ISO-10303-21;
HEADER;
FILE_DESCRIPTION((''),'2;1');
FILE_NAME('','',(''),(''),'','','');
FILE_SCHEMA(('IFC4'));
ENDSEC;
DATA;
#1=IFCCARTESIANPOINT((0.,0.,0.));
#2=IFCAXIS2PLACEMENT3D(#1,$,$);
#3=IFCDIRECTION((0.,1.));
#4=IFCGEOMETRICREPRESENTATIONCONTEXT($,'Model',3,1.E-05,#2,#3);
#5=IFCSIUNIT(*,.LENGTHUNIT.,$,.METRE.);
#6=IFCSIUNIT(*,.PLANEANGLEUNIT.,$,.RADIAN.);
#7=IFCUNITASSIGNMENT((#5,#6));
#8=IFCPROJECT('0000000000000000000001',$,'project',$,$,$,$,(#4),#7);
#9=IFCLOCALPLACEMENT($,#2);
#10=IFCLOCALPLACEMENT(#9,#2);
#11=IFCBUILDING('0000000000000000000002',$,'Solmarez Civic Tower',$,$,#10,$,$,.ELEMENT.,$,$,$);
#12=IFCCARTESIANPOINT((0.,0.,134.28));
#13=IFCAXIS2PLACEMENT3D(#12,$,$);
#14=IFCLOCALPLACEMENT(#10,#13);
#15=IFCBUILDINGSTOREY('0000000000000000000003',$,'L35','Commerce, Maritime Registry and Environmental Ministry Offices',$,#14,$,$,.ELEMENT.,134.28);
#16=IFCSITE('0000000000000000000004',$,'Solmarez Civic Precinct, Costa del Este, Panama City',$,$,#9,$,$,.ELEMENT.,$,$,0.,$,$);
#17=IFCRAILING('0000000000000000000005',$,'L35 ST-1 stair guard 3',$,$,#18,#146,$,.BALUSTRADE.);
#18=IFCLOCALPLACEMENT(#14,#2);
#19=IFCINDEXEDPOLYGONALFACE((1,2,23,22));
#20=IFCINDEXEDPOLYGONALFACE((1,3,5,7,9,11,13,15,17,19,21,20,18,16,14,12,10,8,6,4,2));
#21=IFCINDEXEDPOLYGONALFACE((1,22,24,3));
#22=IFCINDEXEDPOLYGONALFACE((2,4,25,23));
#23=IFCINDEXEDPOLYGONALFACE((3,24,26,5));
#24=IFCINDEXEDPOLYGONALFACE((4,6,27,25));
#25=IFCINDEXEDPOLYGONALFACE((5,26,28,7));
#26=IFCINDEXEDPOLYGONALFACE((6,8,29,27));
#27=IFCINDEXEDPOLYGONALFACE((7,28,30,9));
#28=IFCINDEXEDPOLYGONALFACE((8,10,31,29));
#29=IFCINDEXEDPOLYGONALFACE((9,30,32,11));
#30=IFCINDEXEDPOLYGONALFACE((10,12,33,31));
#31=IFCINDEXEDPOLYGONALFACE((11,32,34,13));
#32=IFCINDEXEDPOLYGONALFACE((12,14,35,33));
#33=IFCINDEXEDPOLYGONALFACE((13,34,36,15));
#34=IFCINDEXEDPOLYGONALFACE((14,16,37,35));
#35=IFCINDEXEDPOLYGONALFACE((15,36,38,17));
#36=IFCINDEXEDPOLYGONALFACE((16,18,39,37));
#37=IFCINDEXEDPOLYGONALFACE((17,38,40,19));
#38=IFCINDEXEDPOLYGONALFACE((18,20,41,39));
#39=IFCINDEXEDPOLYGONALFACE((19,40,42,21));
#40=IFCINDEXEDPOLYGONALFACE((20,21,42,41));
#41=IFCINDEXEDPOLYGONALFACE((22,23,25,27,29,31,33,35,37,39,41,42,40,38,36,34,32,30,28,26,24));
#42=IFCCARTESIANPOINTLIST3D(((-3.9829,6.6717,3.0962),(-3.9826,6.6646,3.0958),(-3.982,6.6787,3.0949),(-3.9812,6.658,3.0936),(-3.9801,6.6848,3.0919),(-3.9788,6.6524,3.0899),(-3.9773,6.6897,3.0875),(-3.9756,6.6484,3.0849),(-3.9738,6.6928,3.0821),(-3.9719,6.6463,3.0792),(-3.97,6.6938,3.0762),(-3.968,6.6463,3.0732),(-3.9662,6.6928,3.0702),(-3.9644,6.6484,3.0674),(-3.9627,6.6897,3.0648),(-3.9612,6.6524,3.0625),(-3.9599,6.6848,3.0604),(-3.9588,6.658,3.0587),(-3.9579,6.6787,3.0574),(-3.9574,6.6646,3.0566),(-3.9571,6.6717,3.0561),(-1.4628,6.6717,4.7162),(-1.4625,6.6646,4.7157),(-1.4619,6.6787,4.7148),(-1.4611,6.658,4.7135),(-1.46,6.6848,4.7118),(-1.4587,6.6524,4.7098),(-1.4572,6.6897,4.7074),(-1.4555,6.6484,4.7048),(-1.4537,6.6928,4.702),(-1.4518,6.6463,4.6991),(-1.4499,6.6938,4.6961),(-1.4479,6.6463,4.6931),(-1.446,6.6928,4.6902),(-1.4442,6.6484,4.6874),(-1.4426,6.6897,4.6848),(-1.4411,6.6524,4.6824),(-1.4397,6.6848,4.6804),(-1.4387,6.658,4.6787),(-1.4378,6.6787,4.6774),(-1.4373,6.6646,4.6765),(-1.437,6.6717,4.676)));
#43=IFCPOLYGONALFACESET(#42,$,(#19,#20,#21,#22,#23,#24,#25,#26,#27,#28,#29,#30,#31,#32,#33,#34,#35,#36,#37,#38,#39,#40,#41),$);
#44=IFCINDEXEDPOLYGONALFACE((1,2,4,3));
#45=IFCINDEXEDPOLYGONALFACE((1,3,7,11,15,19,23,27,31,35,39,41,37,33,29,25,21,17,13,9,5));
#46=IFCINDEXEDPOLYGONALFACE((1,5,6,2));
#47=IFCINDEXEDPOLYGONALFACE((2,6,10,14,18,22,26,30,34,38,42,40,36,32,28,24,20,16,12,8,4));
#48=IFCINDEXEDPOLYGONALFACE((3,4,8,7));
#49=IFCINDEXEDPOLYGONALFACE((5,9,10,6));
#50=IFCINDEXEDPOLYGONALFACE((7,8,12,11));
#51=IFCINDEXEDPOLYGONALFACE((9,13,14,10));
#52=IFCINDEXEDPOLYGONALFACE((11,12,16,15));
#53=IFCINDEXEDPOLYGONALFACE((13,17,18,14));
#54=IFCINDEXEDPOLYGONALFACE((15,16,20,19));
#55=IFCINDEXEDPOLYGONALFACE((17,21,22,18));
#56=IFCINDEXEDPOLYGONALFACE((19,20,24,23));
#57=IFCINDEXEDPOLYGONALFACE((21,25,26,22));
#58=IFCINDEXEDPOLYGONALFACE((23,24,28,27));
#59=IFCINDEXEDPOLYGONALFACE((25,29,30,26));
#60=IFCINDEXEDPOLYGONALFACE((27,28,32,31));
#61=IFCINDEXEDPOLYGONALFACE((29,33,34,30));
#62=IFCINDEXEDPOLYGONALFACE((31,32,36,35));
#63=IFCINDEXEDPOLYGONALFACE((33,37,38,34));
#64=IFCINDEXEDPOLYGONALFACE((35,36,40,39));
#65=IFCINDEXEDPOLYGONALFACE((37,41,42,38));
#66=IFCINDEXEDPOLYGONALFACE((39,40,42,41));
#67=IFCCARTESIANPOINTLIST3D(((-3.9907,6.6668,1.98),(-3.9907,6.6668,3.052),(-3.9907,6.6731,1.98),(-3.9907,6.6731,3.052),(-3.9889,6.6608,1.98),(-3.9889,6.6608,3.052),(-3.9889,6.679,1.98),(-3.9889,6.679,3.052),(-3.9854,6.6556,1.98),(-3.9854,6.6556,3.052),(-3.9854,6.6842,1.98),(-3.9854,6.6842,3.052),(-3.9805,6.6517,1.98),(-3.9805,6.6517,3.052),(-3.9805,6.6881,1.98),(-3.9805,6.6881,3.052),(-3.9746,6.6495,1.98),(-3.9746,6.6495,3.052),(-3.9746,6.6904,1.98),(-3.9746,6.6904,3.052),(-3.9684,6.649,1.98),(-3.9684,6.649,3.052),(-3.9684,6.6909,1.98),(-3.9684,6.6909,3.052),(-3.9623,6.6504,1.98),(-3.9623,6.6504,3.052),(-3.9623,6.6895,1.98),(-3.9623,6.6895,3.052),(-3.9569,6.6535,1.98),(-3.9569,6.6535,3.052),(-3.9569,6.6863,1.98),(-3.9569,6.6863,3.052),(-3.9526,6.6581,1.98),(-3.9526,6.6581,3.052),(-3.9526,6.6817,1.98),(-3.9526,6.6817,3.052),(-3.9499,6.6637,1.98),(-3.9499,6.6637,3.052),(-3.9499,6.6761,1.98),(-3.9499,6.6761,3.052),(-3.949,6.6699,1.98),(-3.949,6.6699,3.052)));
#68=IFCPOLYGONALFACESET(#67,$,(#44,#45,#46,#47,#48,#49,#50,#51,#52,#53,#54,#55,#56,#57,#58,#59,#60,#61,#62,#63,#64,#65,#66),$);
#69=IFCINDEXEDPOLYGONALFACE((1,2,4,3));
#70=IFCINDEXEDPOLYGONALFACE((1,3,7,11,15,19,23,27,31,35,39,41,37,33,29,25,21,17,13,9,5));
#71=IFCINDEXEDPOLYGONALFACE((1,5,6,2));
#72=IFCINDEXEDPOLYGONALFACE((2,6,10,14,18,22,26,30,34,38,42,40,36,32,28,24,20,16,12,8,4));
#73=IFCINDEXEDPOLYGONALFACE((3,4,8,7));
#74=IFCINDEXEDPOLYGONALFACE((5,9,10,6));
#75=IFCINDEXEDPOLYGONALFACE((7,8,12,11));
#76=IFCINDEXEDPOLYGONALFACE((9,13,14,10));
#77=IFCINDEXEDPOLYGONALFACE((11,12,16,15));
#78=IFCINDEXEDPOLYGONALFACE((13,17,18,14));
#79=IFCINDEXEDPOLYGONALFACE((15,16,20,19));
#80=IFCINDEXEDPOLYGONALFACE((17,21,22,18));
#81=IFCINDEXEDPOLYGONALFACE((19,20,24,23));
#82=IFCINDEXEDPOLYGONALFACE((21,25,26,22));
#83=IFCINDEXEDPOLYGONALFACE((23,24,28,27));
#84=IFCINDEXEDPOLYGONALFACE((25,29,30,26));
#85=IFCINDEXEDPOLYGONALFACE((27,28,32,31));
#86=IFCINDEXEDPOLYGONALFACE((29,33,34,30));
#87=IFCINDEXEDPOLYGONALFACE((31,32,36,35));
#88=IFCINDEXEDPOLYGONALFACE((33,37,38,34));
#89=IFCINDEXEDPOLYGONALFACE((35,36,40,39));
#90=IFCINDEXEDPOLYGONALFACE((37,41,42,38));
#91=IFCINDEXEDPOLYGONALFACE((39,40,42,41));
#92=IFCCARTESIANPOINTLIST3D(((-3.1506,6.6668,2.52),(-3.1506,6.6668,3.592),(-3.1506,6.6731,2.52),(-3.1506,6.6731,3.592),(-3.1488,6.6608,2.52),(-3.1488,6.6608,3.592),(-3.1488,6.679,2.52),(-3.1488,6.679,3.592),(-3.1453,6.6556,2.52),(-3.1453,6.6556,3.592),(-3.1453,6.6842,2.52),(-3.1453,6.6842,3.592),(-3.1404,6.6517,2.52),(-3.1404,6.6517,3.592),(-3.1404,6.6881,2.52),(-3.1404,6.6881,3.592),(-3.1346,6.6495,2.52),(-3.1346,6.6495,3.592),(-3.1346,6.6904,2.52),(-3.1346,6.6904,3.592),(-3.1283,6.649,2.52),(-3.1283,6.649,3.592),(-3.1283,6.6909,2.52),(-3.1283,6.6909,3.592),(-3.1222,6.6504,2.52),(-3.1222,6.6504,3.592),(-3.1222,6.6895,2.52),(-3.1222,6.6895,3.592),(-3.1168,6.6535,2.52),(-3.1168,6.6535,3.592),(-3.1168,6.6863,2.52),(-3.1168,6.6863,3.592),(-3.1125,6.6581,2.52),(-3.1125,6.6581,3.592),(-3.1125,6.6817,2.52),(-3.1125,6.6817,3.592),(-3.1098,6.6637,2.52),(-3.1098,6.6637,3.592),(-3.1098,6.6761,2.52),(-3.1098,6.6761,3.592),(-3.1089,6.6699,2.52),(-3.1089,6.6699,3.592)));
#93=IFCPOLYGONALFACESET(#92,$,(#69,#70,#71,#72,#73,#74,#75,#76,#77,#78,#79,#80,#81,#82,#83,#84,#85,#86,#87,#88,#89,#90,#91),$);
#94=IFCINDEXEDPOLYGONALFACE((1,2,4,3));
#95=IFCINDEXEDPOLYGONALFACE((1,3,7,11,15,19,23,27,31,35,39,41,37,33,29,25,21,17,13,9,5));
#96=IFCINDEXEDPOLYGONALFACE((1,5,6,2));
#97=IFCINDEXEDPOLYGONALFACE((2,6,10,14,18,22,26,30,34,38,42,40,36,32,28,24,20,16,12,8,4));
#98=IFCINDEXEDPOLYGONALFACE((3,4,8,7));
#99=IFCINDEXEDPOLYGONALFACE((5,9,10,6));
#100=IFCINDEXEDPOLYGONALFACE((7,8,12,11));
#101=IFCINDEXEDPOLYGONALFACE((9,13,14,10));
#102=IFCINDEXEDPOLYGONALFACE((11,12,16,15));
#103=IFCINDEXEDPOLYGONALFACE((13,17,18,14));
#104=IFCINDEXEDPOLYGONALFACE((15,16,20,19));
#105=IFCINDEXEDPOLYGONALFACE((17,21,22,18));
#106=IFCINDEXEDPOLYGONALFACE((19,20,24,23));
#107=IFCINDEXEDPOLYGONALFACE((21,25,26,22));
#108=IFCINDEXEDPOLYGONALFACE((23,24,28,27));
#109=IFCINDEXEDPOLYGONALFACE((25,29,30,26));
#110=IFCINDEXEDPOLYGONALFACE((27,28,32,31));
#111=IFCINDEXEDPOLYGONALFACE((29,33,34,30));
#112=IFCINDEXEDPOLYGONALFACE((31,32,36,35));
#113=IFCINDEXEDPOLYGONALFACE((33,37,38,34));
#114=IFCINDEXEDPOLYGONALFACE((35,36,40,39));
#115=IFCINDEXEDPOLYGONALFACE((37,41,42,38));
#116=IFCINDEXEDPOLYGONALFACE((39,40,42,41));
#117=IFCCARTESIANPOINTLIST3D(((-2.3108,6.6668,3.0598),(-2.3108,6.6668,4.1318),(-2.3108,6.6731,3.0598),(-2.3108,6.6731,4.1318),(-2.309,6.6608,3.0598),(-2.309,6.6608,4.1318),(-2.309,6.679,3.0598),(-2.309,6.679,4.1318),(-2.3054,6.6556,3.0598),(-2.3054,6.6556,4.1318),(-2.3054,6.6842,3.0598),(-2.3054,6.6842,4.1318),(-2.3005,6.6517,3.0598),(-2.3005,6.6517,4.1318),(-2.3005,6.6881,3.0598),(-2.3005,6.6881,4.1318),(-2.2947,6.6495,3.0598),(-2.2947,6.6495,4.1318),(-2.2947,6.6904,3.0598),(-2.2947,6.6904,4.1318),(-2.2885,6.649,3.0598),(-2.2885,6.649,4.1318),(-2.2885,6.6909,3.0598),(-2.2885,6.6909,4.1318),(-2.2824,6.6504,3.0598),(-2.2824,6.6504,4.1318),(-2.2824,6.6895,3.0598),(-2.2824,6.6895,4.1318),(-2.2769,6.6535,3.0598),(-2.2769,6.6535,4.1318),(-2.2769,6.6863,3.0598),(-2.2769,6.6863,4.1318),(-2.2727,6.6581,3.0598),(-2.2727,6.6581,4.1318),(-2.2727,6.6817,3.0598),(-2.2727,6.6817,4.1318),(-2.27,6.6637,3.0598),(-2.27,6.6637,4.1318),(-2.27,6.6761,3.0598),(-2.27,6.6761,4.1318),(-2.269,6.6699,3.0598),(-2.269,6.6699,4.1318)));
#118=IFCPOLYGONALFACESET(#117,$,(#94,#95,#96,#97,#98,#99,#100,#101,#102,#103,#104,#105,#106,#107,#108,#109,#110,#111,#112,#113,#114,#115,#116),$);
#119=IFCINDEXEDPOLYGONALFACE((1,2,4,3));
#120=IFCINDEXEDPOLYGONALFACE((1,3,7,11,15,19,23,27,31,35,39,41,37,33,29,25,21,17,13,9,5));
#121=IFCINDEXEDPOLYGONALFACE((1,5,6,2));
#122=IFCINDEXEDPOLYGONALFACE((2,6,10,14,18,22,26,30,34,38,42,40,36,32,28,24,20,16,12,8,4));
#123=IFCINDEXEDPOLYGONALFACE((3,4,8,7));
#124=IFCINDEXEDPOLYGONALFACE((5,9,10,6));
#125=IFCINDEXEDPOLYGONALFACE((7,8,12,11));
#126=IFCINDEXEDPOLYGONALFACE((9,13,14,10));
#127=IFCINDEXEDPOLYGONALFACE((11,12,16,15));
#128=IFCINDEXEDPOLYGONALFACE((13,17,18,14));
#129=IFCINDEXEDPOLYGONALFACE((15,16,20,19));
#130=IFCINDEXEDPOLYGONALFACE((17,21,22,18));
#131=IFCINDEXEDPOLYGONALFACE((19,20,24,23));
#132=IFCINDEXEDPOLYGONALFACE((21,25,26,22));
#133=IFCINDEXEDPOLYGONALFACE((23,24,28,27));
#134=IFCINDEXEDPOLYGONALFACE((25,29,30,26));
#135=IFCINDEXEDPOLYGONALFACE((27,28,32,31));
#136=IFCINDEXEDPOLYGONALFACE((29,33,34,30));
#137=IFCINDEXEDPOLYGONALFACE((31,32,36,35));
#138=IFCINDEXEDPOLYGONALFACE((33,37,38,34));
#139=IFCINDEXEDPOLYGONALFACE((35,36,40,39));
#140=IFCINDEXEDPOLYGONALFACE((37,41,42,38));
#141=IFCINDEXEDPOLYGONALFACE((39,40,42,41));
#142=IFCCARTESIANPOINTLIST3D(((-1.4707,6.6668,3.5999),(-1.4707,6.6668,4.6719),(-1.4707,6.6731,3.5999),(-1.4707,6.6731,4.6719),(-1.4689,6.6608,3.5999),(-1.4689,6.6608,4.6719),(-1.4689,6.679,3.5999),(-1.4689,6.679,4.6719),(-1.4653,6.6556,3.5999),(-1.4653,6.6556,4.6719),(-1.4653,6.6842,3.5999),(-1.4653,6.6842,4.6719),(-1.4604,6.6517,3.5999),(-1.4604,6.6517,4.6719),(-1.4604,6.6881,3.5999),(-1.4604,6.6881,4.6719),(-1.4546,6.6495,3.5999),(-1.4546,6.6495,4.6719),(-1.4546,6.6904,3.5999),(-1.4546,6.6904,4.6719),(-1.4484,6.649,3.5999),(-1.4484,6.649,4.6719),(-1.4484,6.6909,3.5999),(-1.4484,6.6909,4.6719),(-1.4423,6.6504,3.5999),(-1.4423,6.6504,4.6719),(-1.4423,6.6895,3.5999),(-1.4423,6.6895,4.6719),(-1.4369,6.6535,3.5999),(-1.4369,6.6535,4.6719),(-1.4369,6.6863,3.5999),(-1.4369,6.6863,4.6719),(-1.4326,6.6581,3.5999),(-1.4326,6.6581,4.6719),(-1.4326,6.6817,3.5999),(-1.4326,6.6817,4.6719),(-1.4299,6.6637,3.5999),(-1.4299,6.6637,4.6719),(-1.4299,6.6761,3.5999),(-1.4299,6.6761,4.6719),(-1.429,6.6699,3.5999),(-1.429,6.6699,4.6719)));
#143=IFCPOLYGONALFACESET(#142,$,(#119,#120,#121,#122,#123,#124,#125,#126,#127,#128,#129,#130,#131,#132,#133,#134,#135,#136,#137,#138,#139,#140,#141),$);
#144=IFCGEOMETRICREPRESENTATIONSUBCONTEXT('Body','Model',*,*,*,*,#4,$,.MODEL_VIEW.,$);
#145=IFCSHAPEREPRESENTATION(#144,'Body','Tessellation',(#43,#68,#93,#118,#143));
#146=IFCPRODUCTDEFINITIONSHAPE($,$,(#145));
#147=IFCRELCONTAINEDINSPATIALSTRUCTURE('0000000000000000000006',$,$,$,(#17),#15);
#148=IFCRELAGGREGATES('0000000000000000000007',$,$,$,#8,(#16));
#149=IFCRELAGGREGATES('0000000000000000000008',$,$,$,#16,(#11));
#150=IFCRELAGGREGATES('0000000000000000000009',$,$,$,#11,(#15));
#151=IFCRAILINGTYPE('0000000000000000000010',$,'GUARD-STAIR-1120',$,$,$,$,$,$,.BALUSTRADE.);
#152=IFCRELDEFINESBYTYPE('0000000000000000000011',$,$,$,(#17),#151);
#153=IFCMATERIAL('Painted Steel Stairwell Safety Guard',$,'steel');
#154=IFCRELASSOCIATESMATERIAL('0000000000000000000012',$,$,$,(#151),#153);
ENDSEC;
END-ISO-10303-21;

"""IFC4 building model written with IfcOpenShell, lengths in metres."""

from ifc_helpers import new_model, si_unit, direction, frame, origin, origin_2d, place, context, subcontext, project, spatial, circle, extrude, material, type_object, element, save


model = new_model("IFC4")

# Units and contexts
model_context = context("Model", 3, precision=1e-05, world=origin(), true_north=direction((0.0, 1.0)))
body_context = subcontext(model_context, "Body", "Model", "MODEL_VIEW")
ifc_project = project(units=[si_unit("LENGTHUNIT", "METRE"), si_unit("PLANEANGLEUNIT", "RADIAN")], contexts=[model_context])

# Site, building, storey
site_placement = place(None, origin())
site = spatial("IfcSite", under=ifc_project, at=site_placement, Name="Solmarez Civic Precinct, Costa del Este, Panama City", CompositionType="ELEMENT", RefElevation=0.0)
building_placement = place(site_placement, origin())
building = spatial("IfcBuilding", under=site, at=building_placement, Name="Solmarez Civic Tower", CompositionType="ELEMENT")
storey_placement = place(building_placement, frame((0.0, 0.0, 134.28)))
storey = spatial("IfcBuildingStorey", under=building, at=storey_placement, Name="L35", Description="Commerce, Maritime Registry and Environmental Ministry Offices", CompositionType="ELEMENT", Elevation=134.28)

# Railing
ifc_material_1 = material(Name="Painted Steel Stairwell Safety Guard", Category="steel")
railing_type_1 = type_object("IfcRailingType", Name="GUARD-STAIR-1120", PredefinedType="BALUSTRADE", material=ifc_material_1)
railing_1_placement = place(storey_placement, frame((-3.97, 6.6699, 1.98)))
element("IfcRailing", 1, at=railing_1_placement, inside=storey, type_object=railing_type_1, Name="L35 ST-1 stair guard 3", PredefinedType="BALUSTRADE", context=body_context, shape_type="SweptSolid", body=[
    extrude(circle(Radius=0.0239, at=origin_2d()), frame((0.0, 0.0, 1.0962), z_axis=(0.8412, 0.0, 0.540725), x_axis=(0.0, 1.0, 0.0)), (0.0, 0.0, 1.0), 2.9958),
    extrude(circle(Radius=0.021, at=origin_2d()), origin(), (0.0, 0.0, 1.0), 1.072),
    extrude(circle(Radius=0.021, at=origin_2d()), frame((0.8401, 0.0, 0.54)), (0.0, 0.0, 1.0), 1.072),
    extrude(circle(Radius=0.021, at=origin_2d()), frame((1.6799, 0.0, 1.0798)), (0.0, 0.0, 1.0), 1.072),
    extrude(circle(Radius=0.021, at=origin_2d()), frame((2.52, 0.0, 1.6199)), (0.0, 0.0, 1.0), 1.072),
])

save(model, "model.ifc")
